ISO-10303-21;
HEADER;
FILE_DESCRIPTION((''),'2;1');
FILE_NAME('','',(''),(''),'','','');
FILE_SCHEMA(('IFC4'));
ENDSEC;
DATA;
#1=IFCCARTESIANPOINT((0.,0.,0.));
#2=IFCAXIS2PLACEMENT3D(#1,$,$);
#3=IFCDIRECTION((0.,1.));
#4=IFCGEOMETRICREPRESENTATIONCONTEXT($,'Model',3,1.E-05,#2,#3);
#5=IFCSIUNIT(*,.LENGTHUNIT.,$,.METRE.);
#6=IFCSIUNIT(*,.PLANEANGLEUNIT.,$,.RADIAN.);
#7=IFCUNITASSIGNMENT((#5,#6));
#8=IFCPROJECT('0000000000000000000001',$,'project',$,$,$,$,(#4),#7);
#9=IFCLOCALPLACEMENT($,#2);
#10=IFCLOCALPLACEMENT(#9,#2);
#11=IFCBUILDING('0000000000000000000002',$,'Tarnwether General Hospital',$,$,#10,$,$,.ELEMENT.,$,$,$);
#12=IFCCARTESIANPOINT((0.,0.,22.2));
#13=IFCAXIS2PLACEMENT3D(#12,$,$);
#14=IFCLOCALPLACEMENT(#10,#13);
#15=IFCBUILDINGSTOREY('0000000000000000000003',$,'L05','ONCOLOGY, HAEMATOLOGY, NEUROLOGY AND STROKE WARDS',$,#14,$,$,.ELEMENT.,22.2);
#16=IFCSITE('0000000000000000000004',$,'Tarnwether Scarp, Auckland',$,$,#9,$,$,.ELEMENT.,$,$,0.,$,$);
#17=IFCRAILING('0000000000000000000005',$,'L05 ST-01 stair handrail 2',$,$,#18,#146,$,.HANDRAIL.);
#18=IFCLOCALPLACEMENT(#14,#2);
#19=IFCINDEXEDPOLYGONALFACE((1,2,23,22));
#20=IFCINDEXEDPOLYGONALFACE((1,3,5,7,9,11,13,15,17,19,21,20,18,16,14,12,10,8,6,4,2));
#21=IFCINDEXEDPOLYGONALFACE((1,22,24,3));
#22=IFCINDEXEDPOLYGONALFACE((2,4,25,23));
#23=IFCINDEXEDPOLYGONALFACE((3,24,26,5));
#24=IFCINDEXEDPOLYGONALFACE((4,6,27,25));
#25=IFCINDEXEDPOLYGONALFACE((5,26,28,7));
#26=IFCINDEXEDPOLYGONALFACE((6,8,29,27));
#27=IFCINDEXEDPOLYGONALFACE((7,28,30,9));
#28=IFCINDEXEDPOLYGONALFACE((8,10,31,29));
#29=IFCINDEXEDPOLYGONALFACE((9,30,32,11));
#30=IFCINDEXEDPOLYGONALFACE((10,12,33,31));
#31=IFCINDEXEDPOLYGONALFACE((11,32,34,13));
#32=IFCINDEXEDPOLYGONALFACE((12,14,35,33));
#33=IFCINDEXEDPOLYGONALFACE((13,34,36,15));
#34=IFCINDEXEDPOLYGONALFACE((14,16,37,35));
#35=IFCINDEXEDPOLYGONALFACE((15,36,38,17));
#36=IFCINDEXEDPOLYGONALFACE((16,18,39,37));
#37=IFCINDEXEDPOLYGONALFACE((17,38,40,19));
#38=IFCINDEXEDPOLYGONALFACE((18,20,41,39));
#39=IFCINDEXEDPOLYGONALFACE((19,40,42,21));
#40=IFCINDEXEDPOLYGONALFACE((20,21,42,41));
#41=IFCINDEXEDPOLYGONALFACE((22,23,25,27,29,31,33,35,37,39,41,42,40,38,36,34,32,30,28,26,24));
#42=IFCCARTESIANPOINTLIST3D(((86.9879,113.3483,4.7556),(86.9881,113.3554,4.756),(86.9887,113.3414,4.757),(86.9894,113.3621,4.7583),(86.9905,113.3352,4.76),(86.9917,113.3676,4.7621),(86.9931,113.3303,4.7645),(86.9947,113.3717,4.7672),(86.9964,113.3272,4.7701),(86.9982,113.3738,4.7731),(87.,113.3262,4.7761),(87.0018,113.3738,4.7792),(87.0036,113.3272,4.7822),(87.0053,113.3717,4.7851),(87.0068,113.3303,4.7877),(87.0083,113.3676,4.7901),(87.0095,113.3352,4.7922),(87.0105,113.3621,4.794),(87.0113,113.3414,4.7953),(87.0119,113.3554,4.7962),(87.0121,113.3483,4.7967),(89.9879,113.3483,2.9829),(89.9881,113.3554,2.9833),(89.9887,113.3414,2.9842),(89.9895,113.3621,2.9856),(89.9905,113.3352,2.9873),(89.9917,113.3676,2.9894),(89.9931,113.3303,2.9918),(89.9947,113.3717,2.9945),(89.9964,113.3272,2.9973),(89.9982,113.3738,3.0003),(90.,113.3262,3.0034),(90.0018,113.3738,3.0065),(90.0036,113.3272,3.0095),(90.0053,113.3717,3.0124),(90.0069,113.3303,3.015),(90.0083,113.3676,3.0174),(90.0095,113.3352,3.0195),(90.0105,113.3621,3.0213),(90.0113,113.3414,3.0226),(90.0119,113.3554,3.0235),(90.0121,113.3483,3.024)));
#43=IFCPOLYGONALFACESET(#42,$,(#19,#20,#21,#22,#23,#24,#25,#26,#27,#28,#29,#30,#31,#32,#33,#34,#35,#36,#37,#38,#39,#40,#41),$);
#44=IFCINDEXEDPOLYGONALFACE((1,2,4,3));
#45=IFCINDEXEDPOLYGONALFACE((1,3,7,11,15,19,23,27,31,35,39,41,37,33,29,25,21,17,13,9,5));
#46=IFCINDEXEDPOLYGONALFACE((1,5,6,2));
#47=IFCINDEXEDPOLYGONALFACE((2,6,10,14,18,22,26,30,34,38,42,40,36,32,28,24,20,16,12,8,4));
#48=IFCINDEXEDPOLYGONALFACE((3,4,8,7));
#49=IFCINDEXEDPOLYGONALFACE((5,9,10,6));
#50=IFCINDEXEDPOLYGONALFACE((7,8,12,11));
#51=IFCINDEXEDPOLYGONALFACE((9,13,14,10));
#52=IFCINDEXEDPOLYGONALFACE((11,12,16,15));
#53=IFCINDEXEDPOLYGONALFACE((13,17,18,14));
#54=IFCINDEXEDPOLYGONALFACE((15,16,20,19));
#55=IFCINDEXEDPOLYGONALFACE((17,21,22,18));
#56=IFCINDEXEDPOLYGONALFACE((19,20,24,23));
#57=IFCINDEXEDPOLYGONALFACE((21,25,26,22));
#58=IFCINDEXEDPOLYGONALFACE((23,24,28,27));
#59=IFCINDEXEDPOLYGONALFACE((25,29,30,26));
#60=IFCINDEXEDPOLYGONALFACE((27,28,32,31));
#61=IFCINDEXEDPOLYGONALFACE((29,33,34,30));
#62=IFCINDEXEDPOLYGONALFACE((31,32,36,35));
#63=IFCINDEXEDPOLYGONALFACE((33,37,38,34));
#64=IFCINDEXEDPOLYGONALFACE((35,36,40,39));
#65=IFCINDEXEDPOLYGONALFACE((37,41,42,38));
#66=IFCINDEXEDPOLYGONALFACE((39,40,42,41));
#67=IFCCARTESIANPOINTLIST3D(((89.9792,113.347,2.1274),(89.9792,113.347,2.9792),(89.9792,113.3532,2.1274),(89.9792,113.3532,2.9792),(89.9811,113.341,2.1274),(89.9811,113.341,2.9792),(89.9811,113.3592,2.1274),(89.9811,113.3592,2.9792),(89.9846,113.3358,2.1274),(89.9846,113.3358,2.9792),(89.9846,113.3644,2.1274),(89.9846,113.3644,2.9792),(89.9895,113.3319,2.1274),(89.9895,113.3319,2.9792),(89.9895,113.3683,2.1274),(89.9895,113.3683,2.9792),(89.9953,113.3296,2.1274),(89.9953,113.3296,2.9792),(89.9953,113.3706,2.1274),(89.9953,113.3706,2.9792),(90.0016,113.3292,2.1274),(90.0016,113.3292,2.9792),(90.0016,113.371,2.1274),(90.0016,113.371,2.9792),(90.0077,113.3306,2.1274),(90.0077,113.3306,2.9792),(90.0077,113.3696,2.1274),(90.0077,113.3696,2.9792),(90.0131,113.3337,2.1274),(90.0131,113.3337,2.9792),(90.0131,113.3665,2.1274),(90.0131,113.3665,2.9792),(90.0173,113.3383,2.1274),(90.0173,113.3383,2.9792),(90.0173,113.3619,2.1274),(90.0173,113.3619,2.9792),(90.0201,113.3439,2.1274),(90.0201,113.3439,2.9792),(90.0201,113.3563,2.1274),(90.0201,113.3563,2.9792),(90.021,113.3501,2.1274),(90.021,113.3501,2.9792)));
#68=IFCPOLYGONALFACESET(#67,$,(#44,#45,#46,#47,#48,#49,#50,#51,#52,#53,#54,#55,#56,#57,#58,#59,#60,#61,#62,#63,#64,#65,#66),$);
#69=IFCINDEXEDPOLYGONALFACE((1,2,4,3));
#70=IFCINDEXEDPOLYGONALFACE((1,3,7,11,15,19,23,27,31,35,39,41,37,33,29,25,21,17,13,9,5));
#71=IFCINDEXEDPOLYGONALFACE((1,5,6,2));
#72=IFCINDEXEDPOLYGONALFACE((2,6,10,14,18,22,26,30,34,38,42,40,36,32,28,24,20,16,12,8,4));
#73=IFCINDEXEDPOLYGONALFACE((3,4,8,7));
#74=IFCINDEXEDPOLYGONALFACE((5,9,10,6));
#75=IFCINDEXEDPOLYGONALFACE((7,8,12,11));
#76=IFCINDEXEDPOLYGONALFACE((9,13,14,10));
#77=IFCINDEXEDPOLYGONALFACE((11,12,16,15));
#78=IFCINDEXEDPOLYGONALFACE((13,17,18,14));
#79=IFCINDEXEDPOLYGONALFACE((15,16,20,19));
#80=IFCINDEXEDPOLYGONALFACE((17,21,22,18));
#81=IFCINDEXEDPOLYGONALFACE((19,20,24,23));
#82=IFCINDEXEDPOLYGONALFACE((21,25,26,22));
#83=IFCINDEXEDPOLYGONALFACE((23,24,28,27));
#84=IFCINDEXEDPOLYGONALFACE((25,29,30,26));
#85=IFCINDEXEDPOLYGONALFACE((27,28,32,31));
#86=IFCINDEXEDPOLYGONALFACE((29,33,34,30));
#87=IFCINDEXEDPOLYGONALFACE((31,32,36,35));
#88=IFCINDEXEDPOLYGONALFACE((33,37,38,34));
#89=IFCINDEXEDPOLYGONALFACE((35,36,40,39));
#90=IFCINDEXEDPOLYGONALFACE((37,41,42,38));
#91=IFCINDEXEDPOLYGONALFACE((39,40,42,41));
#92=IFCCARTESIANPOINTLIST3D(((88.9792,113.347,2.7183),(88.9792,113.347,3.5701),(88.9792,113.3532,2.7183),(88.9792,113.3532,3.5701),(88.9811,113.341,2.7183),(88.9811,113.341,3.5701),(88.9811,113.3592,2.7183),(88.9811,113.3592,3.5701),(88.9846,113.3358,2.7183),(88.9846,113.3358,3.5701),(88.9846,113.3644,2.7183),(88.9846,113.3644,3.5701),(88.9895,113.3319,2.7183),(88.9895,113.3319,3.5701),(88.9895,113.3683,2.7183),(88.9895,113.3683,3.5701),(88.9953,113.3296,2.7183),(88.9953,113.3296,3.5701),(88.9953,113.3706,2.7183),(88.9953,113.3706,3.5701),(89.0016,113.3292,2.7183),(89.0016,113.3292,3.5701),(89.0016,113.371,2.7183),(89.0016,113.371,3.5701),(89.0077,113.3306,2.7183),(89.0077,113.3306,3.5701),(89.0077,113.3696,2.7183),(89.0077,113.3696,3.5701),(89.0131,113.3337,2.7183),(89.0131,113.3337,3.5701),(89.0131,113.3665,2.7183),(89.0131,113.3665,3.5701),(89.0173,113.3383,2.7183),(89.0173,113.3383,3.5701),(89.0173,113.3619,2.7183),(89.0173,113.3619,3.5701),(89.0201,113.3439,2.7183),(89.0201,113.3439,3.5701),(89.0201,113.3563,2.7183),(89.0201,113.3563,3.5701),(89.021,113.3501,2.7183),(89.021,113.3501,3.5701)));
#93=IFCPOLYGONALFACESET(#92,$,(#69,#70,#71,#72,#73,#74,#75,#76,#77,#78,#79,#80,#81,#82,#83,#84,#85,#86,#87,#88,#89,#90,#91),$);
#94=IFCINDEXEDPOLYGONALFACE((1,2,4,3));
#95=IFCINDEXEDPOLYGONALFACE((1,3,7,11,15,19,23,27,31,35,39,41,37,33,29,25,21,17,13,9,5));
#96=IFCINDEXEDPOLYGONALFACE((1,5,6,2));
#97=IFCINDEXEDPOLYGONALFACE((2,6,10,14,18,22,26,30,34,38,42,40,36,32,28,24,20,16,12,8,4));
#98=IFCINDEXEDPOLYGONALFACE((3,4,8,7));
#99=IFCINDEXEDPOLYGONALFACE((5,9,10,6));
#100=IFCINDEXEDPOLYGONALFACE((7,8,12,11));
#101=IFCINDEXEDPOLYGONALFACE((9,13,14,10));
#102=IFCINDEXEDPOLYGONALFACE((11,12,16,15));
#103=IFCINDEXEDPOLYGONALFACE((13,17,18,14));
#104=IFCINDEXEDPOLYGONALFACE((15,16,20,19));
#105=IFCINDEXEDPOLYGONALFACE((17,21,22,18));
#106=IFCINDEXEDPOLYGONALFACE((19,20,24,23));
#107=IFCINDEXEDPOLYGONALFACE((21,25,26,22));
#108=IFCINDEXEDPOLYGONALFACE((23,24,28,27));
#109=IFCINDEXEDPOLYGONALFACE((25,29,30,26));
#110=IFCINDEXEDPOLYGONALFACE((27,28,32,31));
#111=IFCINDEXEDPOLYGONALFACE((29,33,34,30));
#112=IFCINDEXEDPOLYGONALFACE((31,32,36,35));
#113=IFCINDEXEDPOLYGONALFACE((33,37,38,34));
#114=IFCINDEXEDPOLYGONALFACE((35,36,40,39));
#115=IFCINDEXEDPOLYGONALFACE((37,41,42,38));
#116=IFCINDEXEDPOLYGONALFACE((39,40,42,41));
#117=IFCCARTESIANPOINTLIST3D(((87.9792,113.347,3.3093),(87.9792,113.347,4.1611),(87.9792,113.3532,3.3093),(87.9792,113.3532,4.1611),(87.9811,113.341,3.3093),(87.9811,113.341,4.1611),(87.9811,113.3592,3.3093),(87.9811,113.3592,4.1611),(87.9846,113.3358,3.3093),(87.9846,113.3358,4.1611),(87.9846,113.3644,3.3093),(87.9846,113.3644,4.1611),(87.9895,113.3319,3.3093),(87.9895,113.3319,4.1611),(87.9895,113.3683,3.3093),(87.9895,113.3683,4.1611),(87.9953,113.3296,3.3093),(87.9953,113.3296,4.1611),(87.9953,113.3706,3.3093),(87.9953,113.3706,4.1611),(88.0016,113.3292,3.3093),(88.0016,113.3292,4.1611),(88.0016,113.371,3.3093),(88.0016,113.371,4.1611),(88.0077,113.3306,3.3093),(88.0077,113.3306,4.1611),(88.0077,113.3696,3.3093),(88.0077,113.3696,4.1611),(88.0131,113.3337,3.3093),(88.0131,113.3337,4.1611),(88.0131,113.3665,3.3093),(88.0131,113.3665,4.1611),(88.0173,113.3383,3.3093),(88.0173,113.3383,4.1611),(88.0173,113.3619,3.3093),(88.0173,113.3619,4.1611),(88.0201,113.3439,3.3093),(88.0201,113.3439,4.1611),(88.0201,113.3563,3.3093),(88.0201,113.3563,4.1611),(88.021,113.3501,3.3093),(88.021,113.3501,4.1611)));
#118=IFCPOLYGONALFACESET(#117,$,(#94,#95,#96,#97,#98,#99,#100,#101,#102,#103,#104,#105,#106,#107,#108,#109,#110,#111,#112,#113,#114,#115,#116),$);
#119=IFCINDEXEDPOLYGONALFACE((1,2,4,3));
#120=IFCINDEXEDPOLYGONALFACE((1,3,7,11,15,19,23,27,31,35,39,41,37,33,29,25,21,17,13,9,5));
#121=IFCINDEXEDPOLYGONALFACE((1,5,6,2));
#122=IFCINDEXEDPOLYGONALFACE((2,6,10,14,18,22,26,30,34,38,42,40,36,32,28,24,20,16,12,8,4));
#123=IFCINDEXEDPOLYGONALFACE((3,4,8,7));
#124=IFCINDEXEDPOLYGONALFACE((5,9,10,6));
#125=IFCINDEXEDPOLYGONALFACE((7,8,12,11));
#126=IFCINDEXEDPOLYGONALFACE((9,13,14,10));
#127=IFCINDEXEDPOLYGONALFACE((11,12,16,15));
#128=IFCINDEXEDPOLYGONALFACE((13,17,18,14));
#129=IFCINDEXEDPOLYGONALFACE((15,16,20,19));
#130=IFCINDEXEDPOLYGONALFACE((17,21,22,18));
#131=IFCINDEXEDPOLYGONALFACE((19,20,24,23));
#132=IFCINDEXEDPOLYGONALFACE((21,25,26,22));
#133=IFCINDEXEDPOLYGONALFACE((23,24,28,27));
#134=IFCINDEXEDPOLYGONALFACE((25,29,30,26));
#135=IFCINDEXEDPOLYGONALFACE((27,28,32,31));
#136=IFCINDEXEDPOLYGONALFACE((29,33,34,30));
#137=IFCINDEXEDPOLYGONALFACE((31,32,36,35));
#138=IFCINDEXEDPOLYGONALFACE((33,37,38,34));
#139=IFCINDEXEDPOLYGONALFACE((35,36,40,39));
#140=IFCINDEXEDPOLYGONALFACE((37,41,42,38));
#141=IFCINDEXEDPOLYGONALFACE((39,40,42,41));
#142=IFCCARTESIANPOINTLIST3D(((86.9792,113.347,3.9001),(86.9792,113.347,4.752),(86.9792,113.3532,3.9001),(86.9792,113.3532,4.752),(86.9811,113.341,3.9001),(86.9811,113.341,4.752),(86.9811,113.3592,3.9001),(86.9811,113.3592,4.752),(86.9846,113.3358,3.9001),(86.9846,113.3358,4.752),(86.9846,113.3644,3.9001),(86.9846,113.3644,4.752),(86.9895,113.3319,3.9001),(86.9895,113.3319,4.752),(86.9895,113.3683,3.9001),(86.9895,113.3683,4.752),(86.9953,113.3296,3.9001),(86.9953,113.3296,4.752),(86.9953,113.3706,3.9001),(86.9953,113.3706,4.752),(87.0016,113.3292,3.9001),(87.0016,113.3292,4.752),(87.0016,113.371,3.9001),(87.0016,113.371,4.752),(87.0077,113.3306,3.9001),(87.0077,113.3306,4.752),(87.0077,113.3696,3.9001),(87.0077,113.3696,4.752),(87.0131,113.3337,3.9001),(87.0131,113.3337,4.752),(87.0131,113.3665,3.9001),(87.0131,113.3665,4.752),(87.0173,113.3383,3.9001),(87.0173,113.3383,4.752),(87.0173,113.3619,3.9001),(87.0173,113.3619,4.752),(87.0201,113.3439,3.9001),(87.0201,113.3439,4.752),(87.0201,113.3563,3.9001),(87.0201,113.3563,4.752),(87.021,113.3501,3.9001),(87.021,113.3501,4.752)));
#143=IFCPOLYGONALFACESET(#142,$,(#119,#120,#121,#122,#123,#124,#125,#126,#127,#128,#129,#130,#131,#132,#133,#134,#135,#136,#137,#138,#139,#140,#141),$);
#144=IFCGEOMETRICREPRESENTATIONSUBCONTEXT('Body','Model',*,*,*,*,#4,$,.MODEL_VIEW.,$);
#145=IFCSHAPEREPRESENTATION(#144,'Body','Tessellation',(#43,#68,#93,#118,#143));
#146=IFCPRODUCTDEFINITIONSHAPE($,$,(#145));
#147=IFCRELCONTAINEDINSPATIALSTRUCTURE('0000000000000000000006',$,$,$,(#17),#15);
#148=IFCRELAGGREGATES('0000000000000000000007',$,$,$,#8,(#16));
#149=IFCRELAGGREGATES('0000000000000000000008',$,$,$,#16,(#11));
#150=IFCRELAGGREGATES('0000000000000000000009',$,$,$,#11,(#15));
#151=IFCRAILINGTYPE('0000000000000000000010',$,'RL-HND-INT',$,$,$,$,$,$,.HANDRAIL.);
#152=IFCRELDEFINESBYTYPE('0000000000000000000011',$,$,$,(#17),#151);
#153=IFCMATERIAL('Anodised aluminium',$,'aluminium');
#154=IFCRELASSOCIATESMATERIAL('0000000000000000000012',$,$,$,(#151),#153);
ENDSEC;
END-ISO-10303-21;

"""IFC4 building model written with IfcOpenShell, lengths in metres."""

from ifc_helpers import new_model, si_unit, direction, frame, origin, origin_2d, place, context, subcontext, project, spatial, circle, extrude, material, type_object, element, save


model = new_model("IFC4")

# Units and contexts
model_context = context("Model", 3, precision=1e-05, world=origin(), true_north=direction((0.0, 1.0)))
body_context = subcontext(model_context, "Body", "Model", "MODEL_VIEW")
ifc_project = project(units=[si_unit("LENGTHUNIT", "METRE"), si_unit("PLANEANGLEUNIT", "RADIAN")], contexts=[model_context])

# Site, building, storey
site_placement = place(None, origin())
site = spatial("IfcSite", under=ifc_project, at=site_placement, Name="Tarnwether Scarp, Auckland", CompositionType="ELEMENT", RefElevation=0.0)
building_placement = place(site_placement, origin())
building = spatial("IfcBuilding", under=site, at=building_placement, Name="Tarnwether General Hospital", CompositionType="ELEMENT")
storey_placement = place(building_placement, frame((0.0, 0.0, 22.2)))
storey = spatial("IfcBuildingStorey", under=building, at=storey_placement, Name="L05", Description="ONCOLOGY, HAEMATOLOGY, NEUROLOGY AND STROKE WARDS", CompositionType="ELEMENT", Elevation=22.2)

# Railing
ifc_material_1 = material(Name="Anodised aluminium", Category="aluminium")
railing_type_1 = type_object("IfcRailingType", Name="RL-HND-INT", PredefinedType="HANDRAIL", material=ifc_material_1)
railing_1_placement = place(storey_placement, frame((90.0, 113.3501, 2.1274)))
element("IfcRailing", 1, at=railing_1_placement, inside=storey, type_object=railing_type_1, Name="L05 ST-01 stair handrail 2", PredefinedType="HANDRAIL", context=body_context, shape_type="SweptSolid", body=[
    extrude(circle(Radius=0.0239, at=origin_2d()), frame((0.0, 0.0, 0.876), z_axis=(-0.860929, 0.0, 0.508725), x_axis=(0.0, -1.0, 0.0)), (0.0, 0.0, 1.0), 3.4846),
    extrude(circle(Radius=0.021, at=origin_2d()), origin(), (0.0, 0.0, 1.0), 0.8518),
    extrude(circle(Radius=0.021, at=origin_2d()), frame((-1.0, 0.0, 0.5908)), (0.0, 0.0, 1.0), 0.8518),
    extrude(circle(Radius=0.021, at=origin_2d()), frame((-2.0, 0.0, 1.1819)), (0.0, 0.0, 1.0), 0.8518),
    extrude(circle(Radius=0.021, at=origin_2d()), frame((-3.0, 0.0, 1.7727)), (0.0, 0.0, 1.0), 0.8518),
])

save(model, "model.ifc")
